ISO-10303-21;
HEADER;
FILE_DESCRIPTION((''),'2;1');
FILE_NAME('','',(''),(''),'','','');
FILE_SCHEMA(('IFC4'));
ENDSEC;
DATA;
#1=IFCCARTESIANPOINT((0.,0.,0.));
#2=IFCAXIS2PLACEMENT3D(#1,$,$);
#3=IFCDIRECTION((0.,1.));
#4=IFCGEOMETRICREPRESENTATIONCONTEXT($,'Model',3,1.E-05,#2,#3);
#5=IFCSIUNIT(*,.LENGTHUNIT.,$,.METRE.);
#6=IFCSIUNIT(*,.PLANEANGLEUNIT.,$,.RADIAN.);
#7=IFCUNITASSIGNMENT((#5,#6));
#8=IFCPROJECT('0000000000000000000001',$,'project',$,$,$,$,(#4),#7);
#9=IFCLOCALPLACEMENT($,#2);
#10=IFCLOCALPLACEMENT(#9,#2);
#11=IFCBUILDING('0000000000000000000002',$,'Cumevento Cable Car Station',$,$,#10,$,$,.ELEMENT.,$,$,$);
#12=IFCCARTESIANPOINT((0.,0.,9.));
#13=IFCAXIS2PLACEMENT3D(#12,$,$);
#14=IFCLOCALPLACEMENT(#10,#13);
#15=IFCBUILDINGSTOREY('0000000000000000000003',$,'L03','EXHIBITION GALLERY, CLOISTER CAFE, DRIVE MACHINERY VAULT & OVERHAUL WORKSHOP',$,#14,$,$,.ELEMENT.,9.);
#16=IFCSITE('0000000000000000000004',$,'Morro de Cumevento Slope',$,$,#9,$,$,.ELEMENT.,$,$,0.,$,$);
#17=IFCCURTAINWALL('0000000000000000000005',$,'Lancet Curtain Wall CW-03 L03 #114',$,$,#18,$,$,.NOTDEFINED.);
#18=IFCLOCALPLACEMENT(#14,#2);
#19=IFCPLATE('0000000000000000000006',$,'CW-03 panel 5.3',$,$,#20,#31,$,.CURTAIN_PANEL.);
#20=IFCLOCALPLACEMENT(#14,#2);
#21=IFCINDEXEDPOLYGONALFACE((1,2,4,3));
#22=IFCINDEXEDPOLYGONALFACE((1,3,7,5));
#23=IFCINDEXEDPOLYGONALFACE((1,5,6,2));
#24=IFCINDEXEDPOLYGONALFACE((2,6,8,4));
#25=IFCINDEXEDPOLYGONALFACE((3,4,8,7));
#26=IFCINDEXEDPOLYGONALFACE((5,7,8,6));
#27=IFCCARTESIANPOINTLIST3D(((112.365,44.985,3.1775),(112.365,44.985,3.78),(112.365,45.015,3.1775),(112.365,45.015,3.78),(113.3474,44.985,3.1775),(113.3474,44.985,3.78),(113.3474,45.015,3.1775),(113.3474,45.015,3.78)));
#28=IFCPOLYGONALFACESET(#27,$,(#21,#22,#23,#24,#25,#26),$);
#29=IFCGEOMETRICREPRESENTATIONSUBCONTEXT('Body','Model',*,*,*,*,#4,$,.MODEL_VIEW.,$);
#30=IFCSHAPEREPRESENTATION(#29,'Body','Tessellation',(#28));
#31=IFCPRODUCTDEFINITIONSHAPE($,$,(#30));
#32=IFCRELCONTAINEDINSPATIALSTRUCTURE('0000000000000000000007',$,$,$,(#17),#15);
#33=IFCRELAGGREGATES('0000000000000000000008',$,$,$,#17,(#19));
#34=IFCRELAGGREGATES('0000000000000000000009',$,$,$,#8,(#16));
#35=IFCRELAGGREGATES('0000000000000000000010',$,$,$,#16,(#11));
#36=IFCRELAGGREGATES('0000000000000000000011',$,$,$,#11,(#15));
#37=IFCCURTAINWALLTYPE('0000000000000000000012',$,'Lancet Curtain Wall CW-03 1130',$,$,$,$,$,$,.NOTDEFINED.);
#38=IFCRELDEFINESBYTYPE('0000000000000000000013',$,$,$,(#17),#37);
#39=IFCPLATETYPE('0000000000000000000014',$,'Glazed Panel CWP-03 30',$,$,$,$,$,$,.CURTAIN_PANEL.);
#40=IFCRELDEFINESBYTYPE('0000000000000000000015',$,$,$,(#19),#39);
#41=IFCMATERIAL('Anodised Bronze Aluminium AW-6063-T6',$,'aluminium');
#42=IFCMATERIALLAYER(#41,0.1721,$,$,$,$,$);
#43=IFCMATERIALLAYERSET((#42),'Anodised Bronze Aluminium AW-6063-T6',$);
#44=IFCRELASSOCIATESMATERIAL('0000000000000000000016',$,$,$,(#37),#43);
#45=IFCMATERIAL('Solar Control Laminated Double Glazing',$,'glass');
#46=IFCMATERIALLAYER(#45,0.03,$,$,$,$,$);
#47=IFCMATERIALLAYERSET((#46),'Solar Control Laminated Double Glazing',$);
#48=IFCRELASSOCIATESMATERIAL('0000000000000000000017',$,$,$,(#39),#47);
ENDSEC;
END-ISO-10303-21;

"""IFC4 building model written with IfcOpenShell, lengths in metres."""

from ifc_helpers import new_model, si_unit, direction, frame, origin, origin_2d, place, context, subcontext, project, spatial, rectangle, extrude, material, layer, layer_set, type_object, element, aggregate, save


model = new_model("IFC4")

# Units and contexts
model_context = context("Model", 3, precision=1e-05, world=origin(), true_north=direction((0.0, 1.0)))
body_context = subcontext(model_context, "Body", "Model", "MODEL_VIEW")
ifc_project = project(units=[si_unit("LENGTHUNIT", "METRE"), si_unit("PLANEANGLEUNIT", "RADIAN")], contexts=[model_context])

# Site, building, storey
site_placement = place(None, origin())
site = spatial("IfcSite", under=ifc_project, at=site_placement, Name="Morro de Cumevento Slope", CompositionType="ELEMENT", RefElevation=0.0)
building_placement = place(site_placement, origin())
building = spatial("IfcBuilding", under=site, at=building_placement, Name="Cumevento Cable Car Station", CompositionType="ELEMENT")
storey_placement = place(building_placement, frame((0.0, 0.0, 9.0)))
storey = spatial("IfcBuildingStorey", under=building, at=storey_placement, Name="L03", Description="EXHIBITION GALLERY, CLOISTER CAFE, DRIVE MACHINERY VAULT & OVERHAUL WORKSHOP", CompositionType="ELEMENT", Elevation=9.0)

# Curtain wall
ifc_material_1 = material(Name="Anodised Bronze Aluminium AW-6063-T6", Category="aluminium")
ifc_layer_1 = layer(ifc_material_1, 0.1721)
ifc_layer_set_1 = layer_set([ifc_layer_1], Name="Anodised Bronze Aluminium AW-6063-T6")
curtain_wall_type = type_object("IfcCurtainWallType", Name="Lancet Curtain Wall CW-03 1130", PredefinedType="NOTDEFINED", material=ifc_layer_set_1)
curtain_wall_placement = place(storey_placement, origin())
curtain_wall = element("IfcCurtainWall", 1, at=curtain_wall_placement, inside=storey, type_object=curtain_wall_type, Name="Lancet Curtain Wall CW-03 L03 #114", PredefinedType="NOTDEFINED")

# Plate
ifc_material_2 = material(Name="Solar Control Laminated Double Glazing", Category="glass")
ifc_layer_2 = layer(ifc_material_2, 0.03)
ifc_layer_set_2 = layer_set([ifc_layer_2], Name="Solar Control Laminated Double Glazing")
plate_type = type_object("IfcPlateType", Name="Glazed Panel CWP-03 30", PredefinedType="CURTAIN_PANEL", material=ifc_layer_set_2)
plate_1_placement = place(storey_placement, frame((112.8562, 45.0, 3.1775), z_axis=(0.0, 0.0, 1.0), x_axis=(-1.0, 0.0, 0.0)))
plate_1 = element("IfcPlate", 2, at=plate_1_placement, type_object=plate_type, Name="CW-03 panel 5.3", PredefinedType="CURTAIN_PANEL", context=body_context, shape_type="SweptSolid", body=[
    extrude(rectangle(XDim=0.9824, YDim=0.03, at=origin_2d()), origin(), (0.0, 0.0, 1.0), 0.6025),
])
aggregate(curtain_wall, [plate_1])

save(model, "model.ifc")
